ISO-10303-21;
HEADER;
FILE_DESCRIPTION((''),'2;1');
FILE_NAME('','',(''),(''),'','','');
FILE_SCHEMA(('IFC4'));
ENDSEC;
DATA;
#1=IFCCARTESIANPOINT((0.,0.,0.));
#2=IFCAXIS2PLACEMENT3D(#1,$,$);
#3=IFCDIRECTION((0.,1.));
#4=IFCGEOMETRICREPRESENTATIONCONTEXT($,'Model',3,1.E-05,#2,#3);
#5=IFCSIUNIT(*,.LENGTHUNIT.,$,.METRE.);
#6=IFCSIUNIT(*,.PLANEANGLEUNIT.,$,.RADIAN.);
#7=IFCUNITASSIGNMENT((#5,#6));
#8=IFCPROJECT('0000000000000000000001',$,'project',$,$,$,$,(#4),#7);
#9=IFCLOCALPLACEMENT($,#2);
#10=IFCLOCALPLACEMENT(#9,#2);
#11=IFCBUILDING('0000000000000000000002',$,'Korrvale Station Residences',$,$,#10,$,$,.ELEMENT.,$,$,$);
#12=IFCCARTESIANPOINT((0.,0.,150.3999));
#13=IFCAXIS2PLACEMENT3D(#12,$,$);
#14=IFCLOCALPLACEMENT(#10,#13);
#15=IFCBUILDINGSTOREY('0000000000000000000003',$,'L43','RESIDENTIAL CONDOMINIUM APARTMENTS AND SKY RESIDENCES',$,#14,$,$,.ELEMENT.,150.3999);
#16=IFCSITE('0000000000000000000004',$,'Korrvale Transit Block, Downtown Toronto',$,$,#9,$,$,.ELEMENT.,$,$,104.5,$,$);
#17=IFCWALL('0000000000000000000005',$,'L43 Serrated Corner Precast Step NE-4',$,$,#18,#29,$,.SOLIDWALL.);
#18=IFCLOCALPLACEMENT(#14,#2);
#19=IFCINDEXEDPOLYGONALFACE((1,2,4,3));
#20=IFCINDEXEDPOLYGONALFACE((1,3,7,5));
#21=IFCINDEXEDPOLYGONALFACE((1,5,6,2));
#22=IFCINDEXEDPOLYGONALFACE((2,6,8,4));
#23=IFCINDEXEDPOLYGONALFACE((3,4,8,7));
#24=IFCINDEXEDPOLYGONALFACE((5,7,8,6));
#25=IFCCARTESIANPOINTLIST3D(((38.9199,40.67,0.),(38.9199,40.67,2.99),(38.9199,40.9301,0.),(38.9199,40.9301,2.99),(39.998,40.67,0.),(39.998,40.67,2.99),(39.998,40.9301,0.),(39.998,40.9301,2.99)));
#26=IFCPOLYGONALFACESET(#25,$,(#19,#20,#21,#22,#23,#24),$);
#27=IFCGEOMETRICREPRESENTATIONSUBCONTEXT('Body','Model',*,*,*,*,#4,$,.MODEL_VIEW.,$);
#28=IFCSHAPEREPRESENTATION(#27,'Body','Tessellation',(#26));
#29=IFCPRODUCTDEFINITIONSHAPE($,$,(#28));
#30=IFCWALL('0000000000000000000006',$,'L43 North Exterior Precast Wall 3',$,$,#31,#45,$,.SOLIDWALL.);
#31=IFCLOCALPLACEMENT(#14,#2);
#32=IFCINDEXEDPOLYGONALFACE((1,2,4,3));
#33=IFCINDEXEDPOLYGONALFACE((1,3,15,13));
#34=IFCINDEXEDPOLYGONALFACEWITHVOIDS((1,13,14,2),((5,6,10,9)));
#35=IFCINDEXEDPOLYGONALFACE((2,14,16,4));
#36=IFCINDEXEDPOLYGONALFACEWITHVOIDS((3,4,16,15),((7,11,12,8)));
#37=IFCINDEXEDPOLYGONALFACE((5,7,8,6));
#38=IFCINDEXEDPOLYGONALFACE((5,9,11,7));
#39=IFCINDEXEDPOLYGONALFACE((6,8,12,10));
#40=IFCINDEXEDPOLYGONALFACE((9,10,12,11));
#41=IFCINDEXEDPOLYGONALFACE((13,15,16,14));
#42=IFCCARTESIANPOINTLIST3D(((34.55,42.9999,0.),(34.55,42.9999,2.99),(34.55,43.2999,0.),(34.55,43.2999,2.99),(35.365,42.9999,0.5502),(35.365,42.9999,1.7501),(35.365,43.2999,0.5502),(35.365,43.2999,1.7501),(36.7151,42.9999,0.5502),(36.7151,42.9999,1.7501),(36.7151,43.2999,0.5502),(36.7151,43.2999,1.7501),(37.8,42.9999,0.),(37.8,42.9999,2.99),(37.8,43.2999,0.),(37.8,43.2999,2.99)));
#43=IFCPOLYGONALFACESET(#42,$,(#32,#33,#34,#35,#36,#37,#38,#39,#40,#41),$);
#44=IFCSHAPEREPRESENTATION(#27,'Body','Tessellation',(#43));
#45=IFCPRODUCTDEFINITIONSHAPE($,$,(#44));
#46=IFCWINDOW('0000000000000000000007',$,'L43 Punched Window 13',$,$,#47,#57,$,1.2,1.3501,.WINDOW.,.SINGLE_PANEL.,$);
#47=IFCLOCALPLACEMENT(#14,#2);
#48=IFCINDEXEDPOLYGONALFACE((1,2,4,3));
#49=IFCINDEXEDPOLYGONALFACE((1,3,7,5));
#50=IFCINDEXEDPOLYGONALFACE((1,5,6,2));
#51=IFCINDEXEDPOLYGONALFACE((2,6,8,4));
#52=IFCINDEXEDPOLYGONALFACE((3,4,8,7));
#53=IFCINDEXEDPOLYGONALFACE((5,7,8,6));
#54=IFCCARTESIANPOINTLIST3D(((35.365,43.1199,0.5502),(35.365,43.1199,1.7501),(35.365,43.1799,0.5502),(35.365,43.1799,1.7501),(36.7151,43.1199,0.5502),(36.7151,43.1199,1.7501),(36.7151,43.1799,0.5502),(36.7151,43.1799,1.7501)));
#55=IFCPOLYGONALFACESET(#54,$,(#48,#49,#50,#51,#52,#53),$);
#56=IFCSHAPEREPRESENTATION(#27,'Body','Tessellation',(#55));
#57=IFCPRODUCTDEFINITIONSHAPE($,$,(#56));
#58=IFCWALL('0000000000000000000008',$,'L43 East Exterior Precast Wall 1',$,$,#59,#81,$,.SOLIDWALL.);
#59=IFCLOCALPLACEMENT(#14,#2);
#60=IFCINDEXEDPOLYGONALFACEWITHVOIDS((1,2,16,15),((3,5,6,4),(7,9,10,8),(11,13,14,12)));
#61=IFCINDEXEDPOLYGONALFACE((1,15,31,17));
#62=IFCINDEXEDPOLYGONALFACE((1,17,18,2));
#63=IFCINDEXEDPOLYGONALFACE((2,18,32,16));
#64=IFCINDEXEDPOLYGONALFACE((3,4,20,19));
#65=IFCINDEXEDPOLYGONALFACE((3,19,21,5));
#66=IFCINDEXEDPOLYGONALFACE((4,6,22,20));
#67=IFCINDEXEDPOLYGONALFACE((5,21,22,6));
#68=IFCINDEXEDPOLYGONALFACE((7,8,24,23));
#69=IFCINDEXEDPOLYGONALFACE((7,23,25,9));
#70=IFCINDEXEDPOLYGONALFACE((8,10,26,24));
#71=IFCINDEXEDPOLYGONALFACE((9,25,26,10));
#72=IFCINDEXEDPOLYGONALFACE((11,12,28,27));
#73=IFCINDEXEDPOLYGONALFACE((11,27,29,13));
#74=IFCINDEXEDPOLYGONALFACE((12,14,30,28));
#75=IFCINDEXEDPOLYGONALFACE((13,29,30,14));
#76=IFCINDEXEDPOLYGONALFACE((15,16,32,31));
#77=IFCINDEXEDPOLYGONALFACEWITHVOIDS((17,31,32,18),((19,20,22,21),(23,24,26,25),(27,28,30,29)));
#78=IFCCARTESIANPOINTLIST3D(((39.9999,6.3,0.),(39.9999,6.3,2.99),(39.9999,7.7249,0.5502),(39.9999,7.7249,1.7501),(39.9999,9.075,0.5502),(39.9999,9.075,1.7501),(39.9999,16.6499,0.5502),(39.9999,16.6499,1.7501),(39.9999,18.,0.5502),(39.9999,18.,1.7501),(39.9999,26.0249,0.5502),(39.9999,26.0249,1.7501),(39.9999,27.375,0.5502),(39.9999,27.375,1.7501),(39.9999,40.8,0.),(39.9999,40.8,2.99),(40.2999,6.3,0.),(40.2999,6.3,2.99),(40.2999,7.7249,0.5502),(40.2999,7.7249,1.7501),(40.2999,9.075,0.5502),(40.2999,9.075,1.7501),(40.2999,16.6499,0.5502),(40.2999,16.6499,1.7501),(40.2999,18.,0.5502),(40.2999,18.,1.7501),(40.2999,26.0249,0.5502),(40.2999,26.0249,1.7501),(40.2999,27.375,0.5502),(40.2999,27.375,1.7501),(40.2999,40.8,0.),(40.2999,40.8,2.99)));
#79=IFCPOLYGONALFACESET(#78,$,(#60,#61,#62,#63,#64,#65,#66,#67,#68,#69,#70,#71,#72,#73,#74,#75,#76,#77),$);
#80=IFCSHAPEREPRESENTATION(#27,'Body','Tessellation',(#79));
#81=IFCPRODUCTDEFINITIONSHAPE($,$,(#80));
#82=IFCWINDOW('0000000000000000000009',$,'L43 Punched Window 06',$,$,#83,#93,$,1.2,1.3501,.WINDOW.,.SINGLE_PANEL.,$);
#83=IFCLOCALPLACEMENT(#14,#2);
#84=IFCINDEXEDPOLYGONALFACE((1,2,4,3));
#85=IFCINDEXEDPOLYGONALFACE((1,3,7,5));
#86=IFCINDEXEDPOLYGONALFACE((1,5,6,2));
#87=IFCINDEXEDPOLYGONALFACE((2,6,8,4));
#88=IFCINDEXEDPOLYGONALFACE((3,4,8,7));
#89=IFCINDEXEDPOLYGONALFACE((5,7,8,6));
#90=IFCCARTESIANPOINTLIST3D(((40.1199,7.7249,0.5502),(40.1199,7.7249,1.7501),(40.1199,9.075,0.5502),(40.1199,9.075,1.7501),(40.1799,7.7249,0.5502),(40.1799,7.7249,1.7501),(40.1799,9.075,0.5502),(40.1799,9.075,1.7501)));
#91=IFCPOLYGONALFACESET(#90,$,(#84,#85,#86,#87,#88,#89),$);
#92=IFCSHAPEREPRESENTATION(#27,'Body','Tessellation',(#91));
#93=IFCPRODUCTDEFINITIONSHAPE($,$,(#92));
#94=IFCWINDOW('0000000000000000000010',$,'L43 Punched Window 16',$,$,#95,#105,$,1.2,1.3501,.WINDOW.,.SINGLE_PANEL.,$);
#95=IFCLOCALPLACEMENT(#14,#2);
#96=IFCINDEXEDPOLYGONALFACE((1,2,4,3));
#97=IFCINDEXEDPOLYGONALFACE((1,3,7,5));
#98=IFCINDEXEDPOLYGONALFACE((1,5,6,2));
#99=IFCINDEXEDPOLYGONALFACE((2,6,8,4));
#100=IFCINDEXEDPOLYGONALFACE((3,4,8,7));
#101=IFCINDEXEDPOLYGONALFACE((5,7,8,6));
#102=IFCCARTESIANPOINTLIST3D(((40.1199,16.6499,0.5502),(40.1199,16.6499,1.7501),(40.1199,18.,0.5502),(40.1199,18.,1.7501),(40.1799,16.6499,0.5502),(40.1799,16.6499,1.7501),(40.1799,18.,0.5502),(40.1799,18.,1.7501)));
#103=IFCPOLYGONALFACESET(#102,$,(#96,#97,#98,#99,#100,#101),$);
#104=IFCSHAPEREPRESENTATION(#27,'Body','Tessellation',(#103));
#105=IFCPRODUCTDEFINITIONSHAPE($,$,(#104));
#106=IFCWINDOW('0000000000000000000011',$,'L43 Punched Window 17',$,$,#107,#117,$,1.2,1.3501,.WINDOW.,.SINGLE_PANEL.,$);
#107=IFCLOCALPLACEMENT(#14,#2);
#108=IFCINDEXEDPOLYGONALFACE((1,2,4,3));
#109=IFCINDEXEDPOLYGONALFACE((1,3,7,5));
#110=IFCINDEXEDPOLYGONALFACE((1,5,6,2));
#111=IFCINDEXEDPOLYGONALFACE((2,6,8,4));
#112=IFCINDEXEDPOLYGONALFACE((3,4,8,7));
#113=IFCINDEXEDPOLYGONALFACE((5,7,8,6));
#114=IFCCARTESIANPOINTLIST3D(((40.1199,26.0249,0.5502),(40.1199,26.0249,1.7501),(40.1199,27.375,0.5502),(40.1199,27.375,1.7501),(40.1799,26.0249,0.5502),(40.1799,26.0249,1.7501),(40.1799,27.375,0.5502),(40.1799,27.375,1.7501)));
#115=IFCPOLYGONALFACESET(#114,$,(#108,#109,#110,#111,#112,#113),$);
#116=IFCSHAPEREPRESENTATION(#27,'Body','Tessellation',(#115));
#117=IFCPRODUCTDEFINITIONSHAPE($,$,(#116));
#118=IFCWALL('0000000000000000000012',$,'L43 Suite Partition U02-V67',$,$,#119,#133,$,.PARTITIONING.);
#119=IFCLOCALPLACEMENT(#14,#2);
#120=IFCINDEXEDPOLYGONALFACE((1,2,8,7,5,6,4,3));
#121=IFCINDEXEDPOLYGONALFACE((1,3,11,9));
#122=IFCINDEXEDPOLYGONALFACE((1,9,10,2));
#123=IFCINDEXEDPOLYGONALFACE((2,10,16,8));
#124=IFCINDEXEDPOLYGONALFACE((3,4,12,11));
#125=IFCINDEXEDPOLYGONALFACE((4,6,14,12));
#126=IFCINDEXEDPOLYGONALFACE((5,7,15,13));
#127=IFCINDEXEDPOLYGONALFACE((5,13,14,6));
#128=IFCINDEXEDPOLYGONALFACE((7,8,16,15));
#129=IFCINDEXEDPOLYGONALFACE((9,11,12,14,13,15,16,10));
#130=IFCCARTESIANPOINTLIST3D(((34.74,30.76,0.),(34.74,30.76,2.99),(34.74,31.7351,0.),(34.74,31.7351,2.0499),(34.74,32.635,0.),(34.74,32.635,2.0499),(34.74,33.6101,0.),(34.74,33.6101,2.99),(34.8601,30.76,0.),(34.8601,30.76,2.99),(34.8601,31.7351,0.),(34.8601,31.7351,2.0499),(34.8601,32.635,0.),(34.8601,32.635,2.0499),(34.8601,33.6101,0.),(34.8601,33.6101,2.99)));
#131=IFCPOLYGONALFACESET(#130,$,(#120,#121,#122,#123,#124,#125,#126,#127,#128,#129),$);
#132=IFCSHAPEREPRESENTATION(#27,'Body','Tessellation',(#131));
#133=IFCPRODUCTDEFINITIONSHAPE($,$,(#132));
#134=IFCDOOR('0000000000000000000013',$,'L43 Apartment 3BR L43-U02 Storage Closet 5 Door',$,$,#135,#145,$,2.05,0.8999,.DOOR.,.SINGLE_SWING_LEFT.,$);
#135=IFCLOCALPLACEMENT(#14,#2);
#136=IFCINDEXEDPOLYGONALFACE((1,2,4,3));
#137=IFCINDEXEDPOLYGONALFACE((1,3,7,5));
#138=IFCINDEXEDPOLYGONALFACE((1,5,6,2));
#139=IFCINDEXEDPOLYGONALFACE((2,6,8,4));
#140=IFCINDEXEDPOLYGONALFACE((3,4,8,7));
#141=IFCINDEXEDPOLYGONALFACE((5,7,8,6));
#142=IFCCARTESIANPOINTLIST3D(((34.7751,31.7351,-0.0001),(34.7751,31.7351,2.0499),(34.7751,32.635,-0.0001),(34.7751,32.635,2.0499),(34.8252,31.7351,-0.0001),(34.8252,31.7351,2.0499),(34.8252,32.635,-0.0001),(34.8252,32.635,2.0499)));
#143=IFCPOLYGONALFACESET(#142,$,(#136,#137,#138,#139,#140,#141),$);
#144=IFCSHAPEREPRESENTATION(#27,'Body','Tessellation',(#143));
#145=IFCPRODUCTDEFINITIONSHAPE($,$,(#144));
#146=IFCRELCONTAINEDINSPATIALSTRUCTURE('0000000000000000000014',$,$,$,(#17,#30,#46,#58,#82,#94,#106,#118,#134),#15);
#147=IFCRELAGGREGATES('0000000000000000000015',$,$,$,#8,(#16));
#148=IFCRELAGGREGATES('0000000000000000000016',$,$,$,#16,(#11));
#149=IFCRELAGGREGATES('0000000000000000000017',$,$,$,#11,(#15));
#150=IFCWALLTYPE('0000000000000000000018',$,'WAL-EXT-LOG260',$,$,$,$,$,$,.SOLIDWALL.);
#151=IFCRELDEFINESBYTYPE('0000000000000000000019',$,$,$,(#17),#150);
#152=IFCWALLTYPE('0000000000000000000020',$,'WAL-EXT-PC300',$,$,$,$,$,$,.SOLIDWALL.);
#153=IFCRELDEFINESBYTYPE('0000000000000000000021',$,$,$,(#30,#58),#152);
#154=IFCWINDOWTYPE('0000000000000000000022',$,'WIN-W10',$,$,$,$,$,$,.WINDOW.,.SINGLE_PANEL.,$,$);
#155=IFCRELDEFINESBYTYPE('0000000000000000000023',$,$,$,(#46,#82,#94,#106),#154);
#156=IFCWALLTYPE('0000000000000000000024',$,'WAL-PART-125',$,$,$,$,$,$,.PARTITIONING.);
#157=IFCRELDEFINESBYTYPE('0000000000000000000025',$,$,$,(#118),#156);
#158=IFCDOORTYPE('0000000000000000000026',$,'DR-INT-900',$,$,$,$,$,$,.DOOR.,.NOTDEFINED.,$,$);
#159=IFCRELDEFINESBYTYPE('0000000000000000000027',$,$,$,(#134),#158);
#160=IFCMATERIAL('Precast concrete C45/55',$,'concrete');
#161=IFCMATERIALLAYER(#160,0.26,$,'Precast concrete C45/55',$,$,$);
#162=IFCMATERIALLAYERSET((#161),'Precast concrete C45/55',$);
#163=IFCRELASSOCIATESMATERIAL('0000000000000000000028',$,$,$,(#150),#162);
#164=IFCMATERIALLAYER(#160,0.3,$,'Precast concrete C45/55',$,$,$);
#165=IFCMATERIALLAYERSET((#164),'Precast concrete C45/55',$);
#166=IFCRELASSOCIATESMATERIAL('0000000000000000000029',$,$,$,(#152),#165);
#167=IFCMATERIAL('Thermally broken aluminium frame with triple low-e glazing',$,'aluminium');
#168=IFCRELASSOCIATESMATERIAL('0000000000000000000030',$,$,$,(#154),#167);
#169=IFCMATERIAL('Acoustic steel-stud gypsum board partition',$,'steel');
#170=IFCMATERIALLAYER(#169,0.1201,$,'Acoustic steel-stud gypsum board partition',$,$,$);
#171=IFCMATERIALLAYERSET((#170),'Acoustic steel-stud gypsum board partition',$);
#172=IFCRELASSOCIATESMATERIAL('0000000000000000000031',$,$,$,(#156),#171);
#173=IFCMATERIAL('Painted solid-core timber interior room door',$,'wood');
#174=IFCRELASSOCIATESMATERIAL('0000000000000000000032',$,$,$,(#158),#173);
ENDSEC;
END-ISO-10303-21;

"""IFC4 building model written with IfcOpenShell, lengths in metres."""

from ifc_helpers import new_model, si_unit, direction, frame, frame_2d, origin, place, context, subcontext, project, spatial, rectangle, extrude, material, layer, layer_set, type_object, element, fill, save


model = new_model("IFC4")

# Units and contexts
model_context = context("Model", 3, precision=1e-05, world=origin(), true_north=direction((0.0, 1.0)))
body_context = subcontext(model_context, "Body", "Model", "MODEL_VIEW")
ifc_project = project(units=[si_unit("LENGTHUNIT", "METRE"), si_unit("PLANEANGLEUNIT", "RADIAN")], contexts=[model_context])

# Site, building, storey
site_placement = place(None, origin())
site = spatial("IfcSite", under=ifc_project, at=site_placement, Name="Korrvale Transit Block, Downtown Toronto", CompositionType="ELEMENT", RefElevation=104.5)
building_placement = place(site_placement, origin())
building = spatial("IfcBuilding", under=site, at=building_placement, Name="Korrvale Station Residences", CompositionType="ELEMENT")
storey_placement = place(building_placement, frame((0.0, 0.0, 150.3999)))
storey = spatial("IfcBuildingStorey", under=building, at=storey_placement, Name="L43", Description="RESIDENTIAL CONDOMINIUM APARTMENTS AND SKY RESIDENCES", CompositionType="ELEMENT", Elevation=150.3999)

# Wall
ifc_material_1 = material(Name="Precast concrete C45/55", Category="concrete")
ifc_layer_1 = layer(ifc_material_1, 0.26, Name="Precast concrete C45/55")
ifc_layer_set_1 = layer_set([ifc_layer_1], Name="Precast concrete C45/55")
wall_type_1 = type_object("IfcWallType", Name="WAL-EXT-LOG260", PredefinedType="SOLIDWALL", material=ifc_layer_set_1)
wall_1_placement = place(storey_placement, frame((38.9199, 40.8, 0.0), z_axis=(0.0, 0.0, 1.0), x_axis=(1.0, 0.0, 0.0)))
element("IfcWall", 1, at=wall_1_placement, inside=storey, type_object=wall_type_1, Name="L43 Serrated Corner Precast Step NE-4", PredefinedType="SOLIDWALL", context=body_context, shape_type="SweptSolid", body=[
    extrude(rectangle(XDim=1.0781, YDim=0.26, at=frame_2d((0.5391, 0.0))), origin(), (0.0, 0.0, 1.0), 2.99),
])

# Wall, opening, window
ifc_layer_2 = layer(ifc_material_1, 0.3, Name="Precast concrete C45/55")
ifc_layer_set_2 = layer_set([ifc_layer_2], Name="Precast concrete C45/55")
wall_type_2 = type_object("IfcWallType", Name="WAL-EXT-PC300", PredefinedType="SOLIDWALL", material=ifc_layer_set_2)
wall_2_placement = place(storey_placement, frame((34.55, 43.1499, 0.0), z_axis=(0.0, 0.0, 1.0), x_axis=(1.0, 0.0, 0.0)))
wall_2 = element("IfcWall", 2, at=wall_2_placement, inside=storey, type_object=wall_type_2, Name="L43 North Exterior Precast Wall 3", PredefinedType="SOLIDWALL", context=body_context, shape_type="SweptSolid", body=[
    extrude(rectangle(XDim=3.25, YDim=0.3, at=frame_2d((1.625, 0.0))), origin(), (0.0, 0.0, 1.0), 2.99),
])
opening_1_placement = place(wall_2_placement, frame((0.8149, 0.0, 0.55)))
opening_1 = element("IfcOpeningElement", 3, at=opening_1_placement, cuts=wall_2, PredefinedType="OPENING", context=body_context, shape_type="SweptSolid", body=[
    extrude(rectangle(XDim=1.3501, YDim=1.2, at=frame_2d((0.675, 0.6001))), frame((0.0, 0.1602, 0.0), z_axis=(0.0, -1.0, 0.0), x_axis=(1.0, 0.0, 0.0)), (0.0, 0.0, 1.0), 0.3201),
])
ifc_material_2 = material(Name="Thermally broken aluminium frame with triple low-e glazing", Category="aluminium")
window_type = type_object("IfcWindowType", Name="WIN-W10", PartitioningType="SINGLE_PANEL", PredefinedType="WINDOW", material=ifc_material_2)
window_1_placement = place(opening_1_placement, origin())
window_1 = element("IfcWindow", 4, at=window_1_placement, inside=storey, type_object=window_type, Name="L43 Punched Window 13", OverallHeight=1.2, OverallWidth=1.3501, PartitioningType="SINGLE_PANEL", PredefinedType="WINDOW", context=body_context, shape_type="SweptSolid", body=[
    extrude(rectangle(XDim=1.3501, YDim=1.2, at=frame_2d((0.675, 0.6001))), frame((0.0, 0.03, 0.0), z_axis=(0.0, -1.0, 0.0), x_axis=(1.0, 0.0, 0.0)), (0.0, 0.0, 1.0), 0.0601),
])
fill(opening_1, window_1)

# Wall, openings, windows
wall_3_placement = place(storey_placement, frame((40.1499, 40.8, 0.0), z_axis=(0.0, 0.0, 1.0), x_axis=(0.0, -1.0, 0.0)))
wall_3 = element("IfcWall", 5, at=wall_3_placement, inside=storey, type_object=wall_type_2, Name="L43 East Exterior Precast Wall 1", PredefinedType="SOLIDWALL", context=body_context, shape_type="SweptSolid", body=[
    extrude(rectangle(XDim=34.5, YDim=0.3, at=frame_2d((17.25, 0.0))), origin(), (0.0, 0.0, 1.0), 2.99),
])
opening_2_placement = place(wall_3_placement, frame((31.7251, 0.0, 0.55)))
opening_2 = element("IfcOpeningElement", 6, at=opening_2_placement, cuts=wall_3, PredefinedType="OPENING", context=body_context, shape_type="SweptSolid", body=[
    extrude(rectangle(XDim=1.3501, YDim=1.2, at=frame_2d((0.675, 0.6001))), frame((0.0, 0.1602, 0.0), z_axis=(0.0, -1.0, 0.0), x_axis=(1.0, 0.0, 0.0)), (0.0, 0.0, 1.0), 0.3201),
])
opening_3_placement = place(wall_3_placement, frame((22.8, 0.0, 0.55)))
opening_3 = element("IfcOpeningElement", 7, at=opening_3_placement, cuts=wall_3, PredefinedType="OPENING", context=body_context, shape_type="SweptSolid", body=[
    extrude(rectangle(XDim=1.3501, YDim=1.2, at=frame_2d((0.675, 0.6001))), frame((0.0, 0.1602, 0.0), z_axis=(0.0, -1.0, 0.0), x_axis=(1.0, 0.0, 0.0)), (0.0, 0.0, 1.0), 0.3201),
])
opening_4_placement = place(wall_3_placement, frame((13.425, 0.0, 0.55)))
opening_4 = element("IfcOpeningElement", 8, at=opening_4_placement, cuts=wall_3, PredefinedType="OPENING", context=body_context, shape_type="SweptSolid", body=[
    extrude(rectangle(XDim=1.3501, YDim=1.2, at=frame_2d((0.675, 0.6001))), frame((0.0, 0.1602, 0.0), z_axis=(0.0, -1.0, 0.0), x_axis=(1.0, 0.0, 0.0)), (0.0, 0.0, 1.0), 0.3201),
])
window_2_placement = place(opening_2_placement, origin())
window_2 = element("IfcWindow", 9, at=window_2_placement, inside=storey, type_object=window_type, Name="L43 Punched Window 06", OverallHeight=1.2, OverallWidth=1.3501, PartitioningType="SINGLE_PANEL", PredefinedType="WINDOW", context=body_context, shape_type="SweptSolid", body=[
    extrude(rectangle(XDim=1.3501, YDim=1.2, at=frame_2d((0.675, 0.6001))), frame((0.0, 0.03, 0.0), z_axis=(0.0, -1.0, 0.0), x_axis=(1.0, 0.0, 0.0)), (0.0, 0.0, 1.0), 0.0601),
])
fill(opening_2, window_2)
window_3_placement = place(opening_3_placement, origin())
window_3 = element("IfcWindow", 10, at=window_3_placement, inside=storey, type_object=window_type, Name="L43 Punched Window 16", OverallHeight=1.2, OverallWidth=1.3501, PartitioningType="SINGLE_PANEL", PredefinedType="WINDOW", context=body_context, shape_type="SweptSolid", body=[
    extrude(rectangle(XDim=1.3501, YDim=1.2, at=frame_2d((0.675, 0.6001))), frame((0.0, 0.03, 0.0), z_axis=(0.0, -1.0, 0.0), x_axis=(1.0, 0.0, 0.0)), (0.0, 0.0, 1.0), 0.0601),
])
fill(opening_3, window_3)
window_4_placement = place(opening_4_placement, origin())
window_4 = element("IfcWindow", 11, at=window_4_placement, inside=storey, type_object=window_type, Name="L43 Punched Window 17", OverallHeight=1.2, OverallWidth=1.3501, PartitioningType="SINGLE_PANEL", PredefinedType="WINDOW", context=body_context, shape_type="SweptSolid", body=[
    extrude(rectangle(XDim=1.3501, YDim=1.2, at=frame_2d((0.675, 0.6001))), frame((0.0, 0.03, 0.0), z_axis=(0.0, -1.0, 0.0), x_axis=(1.0, 0.0, 0.0)), (0.0, 0.0, 1.0), 0.0601),
])
fill(opening_4, window_4)

# Wall, opening, door
ifc_material_3 = material(Name="Acoustic steel-stud gypsum board partition", Category="steel")
ifc_layer_3 = layer(ifc_material_3, 0.1201, Name="Acoustic steel-stud gypsum board partition")
ifc_layer_set_3 = layer_set([ifc_layer_3], Name="Acoustic steel-stud gypsum board partition")
wall_type_3 = type_object("IfcWallType", Name="WAL-PART-125", PredefinedType="PARTITIONING", material=ifc_layer_set_3)
wall_4_placement = place(storey_placement, frame((34.8, 30.76, 0.0), z_axis=(0.0, 0.0, 1.0), x_axis=(0.0, 1.0, 0.0)))
wall_4 = element("IfcWall", 12, at=wall_4_placement, inside=storey, type_object=wall_type_3, Name="L43 Suite Partition U02-V67", PredefinedType="PARTITIONING", context=body_context, shape_type="SweptSolid", body=[
    extrude(rectangle(XDim=2.8501, YDim=0.1201, at=frame_2d((1.425, 0.0))), origin(), (0.0, 0.0, 1.0), 2.99),
])
opening_5_placement = place(wall_4_placement, frame((0.9751, 0.0, 0.0)))
opening_5 = element("IfcOpeningElement", 13, at=opening_5_placement, cuts=wall_4, PredefinedType="OPENING", context=body_context, shape_type="SweptSolid", body=[
    extrude(rectangle(XDim=0.8999, YDim=2.05, at=frame_2d((0.45, 1.0249))), frame((0.0, 0.0701, 0.0), z_axis=(0.0, -1.0, 0.0), x_axis=(1.0, 0.0, 0.0)), (0.0, 0.0, 1.0), 0.1401),
])
ifc_material_4 = material(Name="Painted solid-core timber interior room door", Category="wood")
door_type = type_object("IfcDoorType", Name="DR-INT-900", OperationType="NOTDEFINED", PredefinedType="DOOR", material=ifc_material_4)
door_1_placement = place(opening_5_placement, origin())
door_1 = element("IfcDoor", 14, at=door_1_placement, inside=storey, type_object=door_type, Name="L43 Apartment 3BR L43-U02 Storage Closet 5 Door", OperationType="SINGLE_SWING_LEFT", OverallHeight=2.05, OverallWidth=0.8999, PredefinedType="DOOR", context=body_context, shape_type="SweptSolid", body=[
    extrude(rectangle(XDim=0.8999, YDim=2.05, at=frame_2d((0.45, 1.0249))), frame((0.0, 0.0249, 0.0), z_axis=(0.0, -1.0, 0.0), x_axis=(1.0, 0.0, 0.0)), (0.0, 0.0, 1.0), 0.05),
])
fill(opening_5, door_1)

save(model, "model.ifc")
